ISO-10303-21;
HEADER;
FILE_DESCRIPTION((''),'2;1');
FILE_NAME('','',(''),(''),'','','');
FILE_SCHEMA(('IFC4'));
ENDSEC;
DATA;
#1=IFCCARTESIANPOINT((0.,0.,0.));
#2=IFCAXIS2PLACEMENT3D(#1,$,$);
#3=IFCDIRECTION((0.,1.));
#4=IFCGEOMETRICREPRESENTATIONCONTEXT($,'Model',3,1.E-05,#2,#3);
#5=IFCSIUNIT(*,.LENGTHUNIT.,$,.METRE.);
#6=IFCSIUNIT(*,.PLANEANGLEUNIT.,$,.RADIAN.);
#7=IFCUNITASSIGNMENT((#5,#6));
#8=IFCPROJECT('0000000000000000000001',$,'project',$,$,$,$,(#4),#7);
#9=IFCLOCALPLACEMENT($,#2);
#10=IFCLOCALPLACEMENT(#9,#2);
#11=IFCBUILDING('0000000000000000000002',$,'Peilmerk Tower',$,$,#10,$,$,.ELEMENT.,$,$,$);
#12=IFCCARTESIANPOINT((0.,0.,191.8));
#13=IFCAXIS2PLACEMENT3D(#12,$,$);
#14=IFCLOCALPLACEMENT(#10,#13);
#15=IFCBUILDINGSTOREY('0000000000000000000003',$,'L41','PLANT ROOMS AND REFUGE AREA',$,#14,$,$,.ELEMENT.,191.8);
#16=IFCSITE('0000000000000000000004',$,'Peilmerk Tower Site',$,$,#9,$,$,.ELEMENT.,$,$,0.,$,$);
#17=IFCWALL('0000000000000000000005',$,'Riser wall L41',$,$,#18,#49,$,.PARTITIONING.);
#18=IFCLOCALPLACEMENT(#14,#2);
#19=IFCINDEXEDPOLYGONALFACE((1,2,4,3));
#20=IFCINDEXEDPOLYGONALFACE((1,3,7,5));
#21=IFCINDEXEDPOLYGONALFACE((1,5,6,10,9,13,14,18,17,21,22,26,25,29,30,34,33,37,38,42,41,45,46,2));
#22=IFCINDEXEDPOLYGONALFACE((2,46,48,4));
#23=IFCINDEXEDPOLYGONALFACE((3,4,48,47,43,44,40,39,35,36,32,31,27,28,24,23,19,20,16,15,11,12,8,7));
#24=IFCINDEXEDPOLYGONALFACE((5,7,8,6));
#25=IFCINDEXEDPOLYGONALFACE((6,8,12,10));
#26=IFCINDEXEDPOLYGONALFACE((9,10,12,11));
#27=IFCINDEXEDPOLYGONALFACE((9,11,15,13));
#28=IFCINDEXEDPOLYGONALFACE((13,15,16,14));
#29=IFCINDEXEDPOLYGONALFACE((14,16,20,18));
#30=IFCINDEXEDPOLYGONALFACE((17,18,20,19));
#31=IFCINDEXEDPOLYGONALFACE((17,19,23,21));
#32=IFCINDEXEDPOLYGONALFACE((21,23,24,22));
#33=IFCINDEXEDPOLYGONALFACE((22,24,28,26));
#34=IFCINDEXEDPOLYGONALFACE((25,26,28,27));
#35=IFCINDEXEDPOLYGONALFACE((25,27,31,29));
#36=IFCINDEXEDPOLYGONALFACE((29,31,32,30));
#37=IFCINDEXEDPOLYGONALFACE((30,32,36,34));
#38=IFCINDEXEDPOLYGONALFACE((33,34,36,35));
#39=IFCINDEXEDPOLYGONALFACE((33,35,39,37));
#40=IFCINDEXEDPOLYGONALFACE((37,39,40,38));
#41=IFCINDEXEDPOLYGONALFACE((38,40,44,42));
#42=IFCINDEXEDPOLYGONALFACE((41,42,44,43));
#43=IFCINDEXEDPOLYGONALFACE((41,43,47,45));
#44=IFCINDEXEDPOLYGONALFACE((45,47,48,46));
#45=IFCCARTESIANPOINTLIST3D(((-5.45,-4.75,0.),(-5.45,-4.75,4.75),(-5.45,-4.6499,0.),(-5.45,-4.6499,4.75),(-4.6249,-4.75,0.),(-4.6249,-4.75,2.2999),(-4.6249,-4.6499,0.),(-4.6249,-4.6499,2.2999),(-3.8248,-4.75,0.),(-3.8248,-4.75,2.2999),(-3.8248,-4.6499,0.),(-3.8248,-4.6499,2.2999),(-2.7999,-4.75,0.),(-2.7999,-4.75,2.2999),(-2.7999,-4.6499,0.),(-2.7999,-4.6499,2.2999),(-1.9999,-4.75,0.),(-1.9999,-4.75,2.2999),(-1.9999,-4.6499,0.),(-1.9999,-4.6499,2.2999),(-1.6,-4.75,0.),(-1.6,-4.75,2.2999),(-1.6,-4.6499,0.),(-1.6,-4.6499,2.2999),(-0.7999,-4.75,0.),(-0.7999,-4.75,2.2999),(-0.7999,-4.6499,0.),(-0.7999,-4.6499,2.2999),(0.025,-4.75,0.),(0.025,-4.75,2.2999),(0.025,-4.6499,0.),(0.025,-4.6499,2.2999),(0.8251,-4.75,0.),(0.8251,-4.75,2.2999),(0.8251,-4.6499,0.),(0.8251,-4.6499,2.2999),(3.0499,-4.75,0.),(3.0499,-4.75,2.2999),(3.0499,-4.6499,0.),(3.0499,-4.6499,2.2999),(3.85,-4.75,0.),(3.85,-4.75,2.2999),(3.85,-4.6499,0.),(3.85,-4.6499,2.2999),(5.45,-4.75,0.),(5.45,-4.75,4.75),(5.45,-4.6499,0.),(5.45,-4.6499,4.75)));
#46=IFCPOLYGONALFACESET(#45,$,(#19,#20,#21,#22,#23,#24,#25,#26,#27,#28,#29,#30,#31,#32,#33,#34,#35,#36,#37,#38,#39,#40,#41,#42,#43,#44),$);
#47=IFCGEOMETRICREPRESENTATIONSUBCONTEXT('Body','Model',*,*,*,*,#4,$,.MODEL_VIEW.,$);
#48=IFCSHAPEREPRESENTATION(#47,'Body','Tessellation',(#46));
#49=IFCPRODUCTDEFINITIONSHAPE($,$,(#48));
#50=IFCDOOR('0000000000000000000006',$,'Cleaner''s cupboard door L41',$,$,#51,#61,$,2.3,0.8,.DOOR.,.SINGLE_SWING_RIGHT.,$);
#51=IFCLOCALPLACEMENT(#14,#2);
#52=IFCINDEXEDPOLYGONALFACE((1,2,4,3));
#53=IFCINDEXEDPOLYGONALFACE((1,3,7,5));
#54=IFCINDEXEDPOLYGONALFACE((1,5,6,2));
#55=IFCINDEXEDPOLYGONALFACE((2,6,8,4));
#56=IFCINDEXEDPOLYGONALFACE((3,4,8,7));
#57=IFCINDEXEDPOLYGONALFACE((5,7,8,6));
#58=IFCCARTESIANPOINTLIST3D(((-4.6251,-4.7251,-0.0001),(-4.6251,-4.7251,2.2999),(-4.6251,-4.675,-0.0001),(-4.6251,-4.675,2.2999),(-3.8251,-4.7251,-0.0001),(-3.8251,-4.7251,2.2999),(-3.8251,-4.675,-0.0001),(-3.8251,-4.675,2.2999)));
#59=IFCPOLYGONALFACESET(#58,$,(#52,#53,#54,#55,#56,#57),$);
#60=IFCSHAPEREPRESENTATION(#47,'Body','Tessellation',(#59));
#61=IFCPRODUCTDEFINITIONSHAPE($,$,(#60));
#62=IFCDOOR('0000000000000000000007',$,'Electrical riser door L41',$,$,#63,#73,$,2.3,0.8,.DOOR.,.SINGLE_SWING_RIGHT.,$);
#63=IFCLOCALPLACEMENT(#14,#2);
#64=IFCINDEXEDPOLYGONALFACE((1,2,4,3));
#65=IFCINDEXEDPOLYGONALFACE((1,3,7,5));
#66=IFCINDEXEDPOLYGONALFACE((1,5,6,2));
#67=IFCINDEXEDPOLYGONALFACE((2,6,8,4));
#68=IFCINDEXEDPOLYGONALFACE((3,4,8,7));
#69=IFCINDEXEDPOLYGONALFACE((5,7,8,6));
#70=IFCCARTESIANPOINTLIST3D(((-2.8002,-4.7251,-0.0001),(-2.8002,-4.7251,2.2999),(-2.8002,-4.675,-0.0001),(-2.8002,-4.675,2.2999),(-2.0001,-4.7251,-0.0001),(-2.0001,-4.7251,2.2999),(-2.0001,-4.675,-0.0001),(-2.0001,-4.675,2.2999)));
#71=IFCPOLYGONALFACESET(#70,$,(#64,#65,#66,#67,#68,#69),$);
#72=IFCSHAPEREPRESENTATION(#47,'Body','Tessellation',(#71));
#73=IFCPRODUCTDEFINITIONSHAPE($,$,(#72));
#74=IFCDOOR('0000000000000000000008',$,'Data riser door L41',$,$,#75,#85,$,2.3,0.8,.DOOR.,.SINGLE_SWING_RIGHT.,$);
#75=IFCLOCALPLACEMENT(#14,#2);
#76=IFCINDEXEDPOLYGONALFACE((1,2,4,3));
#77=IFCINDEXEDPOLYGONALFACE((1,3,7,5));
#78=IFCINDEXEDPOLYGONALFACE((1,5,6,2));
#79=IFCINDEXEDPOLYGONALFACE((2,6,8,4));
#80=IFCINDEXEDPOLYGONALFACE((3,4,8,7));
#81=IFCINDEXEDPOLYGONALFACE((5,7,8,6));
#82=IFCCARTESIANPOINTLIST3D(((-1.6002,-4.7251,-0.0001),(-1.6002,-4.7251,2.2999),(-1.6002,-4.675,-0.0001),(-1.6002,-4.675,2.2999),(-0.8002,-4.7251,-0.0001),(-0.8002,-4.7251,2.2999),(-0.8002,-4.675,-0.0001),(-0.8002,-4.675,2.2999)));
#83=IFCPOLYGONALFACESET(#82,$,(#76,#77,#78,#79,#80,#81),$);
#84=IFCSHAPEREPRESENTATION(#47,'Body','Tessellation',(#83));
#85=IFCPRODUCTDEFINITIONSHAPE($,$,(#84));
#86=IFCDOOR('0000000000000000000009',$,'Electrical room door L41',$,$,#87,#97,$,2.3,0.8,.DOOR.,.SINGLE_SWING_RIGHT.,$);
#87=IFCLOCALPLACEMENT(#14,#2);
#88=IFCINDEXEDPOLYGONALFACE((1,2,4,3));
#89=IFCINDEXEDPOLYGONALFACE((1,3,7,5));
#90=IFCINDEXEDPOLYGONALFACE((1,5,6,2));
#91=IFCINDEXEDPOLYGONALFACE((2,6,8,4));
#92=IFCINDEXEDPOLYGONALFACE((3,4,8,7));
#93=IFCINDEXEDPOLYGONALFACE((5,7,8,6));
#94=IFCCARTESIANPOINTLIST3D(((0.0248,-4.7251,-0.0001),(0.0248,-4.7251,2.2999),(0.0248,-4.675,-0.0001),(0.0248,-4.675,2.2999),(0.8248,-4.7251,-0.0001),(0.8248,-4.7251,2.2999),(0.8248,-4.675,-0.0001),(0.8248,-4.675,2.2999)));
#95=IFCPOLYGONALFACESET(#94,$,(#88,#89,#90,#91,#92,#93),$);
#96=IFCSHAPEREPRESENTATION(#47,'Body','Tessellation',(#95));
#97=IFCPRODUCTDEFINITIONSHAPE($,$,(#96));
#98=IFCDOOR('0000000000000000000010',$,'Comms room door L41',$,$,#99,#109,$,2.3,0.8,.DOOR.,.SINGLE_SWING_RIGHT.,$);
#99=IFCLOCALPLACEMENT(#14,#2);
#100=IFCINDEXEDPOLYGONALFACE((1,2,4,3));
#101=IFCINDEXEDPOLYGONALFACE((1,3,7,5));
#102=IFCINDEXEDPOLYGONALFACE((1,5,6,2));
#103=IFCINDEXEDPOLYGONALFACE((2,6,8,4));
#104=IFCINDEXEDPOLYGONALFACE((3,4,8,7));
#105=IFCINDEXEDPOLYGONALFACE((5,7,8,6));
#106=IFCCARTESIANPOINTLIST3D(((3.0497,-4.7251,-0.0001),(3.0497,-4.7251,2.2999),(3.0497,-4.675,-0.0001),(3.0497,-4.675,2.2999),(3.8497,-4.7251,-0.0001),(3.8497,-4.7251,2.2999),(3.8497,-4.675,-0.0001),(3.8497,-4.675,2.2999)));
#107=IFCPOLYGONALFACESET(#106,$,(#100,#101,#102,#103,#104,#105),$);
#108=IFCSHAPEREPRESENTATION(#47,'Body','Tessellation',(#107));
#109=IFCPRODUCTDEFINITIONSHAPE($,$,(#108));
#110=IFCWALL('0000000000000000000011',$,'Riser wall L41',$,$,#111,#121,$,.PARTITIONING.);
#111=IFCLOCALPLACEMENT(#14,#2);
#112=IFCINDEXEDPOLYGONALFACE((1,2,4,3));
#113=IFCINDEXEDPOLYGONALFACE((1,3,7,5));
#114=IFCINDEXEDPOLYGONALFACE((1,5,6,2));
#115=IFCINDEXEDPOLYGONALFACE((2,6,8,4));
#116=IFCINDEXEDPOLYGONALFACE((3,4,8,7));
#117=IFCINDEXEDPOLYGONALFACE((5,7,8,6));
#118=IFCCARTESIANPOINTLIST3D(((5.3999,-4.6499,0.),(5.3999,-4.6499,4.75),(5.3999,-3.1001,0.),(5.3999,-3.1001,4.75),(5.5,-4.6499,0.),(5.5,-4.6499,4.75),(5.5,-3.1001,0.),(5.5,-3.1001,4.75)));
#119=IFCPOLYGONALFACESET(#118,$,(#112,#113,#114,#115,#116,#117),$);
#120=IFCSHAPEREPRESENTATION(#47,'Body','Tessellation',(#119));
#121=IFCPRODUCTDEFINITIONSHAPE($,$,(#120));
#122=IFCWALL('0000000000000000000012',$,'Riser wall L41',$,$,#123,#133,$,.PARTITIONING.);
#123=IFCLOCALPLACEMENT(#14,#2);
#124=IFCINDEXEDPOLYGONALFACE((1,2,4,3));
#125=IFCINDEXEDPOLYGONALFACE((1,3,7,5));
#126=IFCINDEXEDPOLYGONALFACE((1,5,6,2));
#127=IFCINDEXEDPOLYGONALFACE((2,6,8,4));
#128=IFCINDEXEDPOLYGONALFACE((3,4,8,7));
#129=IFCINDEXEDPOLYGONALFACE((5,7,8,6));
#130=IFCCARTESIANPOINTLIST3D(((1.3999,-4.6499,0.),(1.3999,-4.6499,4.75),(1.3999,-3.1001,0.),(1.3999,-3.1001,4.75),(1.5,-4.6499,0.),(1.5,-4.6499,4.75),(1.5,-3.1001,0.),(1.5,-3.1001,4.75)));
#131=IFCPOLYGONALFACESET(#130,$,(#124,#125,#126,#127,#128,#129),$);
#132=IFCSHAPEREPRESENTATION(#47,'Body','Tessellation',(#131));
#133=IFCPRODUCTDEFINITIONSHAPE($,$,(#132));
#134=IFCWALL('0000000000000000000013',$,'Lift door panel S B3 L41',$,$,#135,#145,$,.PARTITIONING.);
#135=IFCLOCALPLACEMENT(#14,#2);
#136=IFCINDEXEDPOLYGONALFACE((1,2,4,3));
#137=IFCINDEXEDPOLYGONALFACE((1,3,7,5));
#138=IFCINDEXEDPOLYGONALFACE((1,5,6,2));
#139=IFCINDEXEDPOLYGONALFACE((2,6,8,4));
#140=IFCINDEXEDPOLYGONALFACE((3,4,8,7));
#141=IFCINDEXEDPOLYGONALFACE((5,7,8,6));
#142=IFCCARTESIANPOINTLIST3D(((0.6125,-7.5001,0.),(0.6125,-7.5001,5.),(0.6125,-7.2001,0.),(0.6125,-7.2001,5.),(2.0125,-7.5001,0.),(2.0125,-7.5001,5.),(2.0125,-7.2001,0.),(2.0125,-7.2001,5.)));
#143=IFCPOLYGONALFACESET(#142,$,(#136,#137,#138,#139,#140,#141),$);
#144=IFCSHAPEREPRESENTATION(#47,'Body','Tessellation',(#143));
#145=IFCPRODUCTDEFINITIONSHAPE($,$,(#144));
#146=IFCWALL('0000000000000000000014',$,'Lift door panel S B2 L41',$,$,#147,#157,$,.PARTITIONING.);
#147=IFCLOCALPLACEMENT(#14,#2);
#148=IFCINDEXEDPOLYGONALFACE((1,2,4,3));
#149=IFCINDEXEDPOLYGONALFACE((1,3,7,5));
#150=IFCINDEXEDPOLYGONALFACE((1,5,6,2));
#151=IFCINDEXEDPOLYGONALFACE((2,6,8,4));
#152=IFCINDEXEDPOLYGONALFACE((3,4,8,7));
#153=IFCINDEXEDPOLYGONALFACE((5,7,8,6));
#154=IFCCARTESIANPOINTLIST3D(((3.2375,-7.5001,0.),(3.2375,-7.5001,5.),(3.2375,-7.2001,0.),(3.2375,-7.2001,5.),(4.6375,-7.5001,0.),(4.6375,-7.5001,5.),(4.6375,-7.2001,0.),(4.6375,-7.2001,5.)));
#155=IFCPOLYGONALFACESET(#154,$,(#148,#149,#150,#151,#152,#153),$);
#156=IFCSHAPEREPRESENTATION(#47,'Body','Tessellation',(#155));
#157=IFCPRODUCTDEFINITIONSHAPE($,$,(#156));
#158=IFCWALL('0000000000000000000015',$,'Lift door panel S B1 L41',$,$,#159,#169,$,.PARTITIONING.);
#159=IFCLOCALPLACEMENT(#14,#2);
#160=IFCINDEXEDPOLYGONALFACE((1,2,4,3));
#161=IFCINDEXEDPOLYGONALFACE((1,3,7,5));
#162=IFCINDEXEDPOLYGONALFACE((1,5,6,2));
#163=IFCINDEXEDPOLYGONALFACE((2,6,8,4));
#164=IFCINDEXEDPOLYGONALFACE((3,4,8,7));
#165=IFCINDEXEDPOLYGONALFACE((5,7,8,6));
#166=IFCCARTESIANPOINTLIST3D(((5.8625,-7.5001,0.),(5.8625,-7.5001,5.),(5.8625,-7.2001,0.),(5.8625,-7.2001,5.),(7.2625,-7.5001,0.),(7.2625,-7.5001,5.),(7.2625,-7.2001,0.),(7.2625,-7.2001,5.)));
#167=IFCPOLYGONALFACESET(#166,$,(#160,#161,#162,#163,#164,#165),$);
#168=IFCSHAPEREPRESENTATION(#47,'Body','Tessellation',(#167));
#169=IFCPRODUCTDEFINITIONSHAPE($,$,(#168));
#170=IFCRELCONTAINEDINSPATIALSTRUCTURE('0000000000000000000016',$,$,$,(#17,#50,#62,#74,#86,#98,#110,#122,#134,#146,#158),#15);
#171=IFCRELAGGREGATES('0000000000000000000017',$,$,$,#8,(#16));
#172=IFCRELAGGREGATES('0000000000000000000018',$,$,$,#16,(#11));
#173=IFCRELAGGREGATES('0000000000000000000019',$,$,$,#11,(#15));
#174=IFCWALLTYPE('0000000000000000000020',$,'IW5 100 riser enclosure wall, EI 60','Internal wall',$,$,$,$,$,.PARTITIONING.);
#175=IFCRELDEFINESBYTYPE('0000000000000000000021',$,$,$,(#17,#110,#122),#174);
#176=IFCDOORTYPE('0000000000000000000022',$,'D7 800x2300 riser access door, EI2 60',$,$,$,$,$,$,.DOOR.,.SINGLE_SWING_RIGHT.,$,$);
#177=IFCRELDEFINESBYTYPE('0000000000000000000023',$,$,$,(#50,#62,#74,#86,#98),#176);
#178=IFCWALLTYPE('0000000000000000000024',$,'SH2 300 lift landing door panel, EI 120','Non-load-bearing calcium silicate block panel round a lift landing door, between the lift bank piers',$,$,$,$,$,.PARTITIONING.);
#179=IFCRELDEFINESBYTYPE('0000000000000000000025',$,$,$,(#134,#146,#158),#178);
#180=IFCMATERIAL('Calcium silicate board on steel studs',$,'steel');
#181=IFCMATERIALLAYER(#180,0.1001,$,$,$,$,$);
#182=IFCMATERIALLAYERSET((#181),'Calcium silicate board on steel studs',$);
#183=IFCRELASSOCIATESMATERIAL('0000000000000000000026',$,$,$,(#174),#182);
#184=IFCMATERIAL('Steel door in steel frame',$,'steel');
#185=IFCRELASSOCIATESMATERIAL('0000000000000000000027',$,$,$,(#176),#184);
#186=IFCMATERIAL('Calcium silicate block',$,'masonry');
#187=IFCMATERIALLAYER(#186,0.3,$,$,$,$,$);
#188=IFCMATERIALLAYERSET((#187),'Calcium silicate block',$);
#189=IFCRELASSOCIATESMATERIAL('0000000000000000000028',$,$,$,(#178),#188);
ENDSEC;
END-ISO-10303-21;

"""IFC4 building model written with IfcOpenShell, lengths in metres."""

from ifc_helpers import new_model, si_unit, direction, frame, frame_2d, origin, place, context, subcontext, project, spatial, rectangle, extrude, material, layer, layer_set, type_object, element, fill, save


model = new_model("IFC4")

# Units and contexts
model_context = context("Model", 3, precision=1e-05, world=origin(), true_north=direction((0.0, 1.0)))
body_context = subcontext(model_context, "Body", "Model", "MODEL_VIEW")
ifc_project = project(units=[si_unit("LENGTHUNIT", "METRE"), si_unit("PLANEANGLEUNIT", "RADIAN")], contexts=[model_context])

# Site, building, storey
site_placement = place(None, origin())
site = spatial("IfcSite", under=ifc_project, at=site_placement, Name="Peilmerk Tower Site", CompositionType="ELEMENT", RefElevation=0.0)
building_placement = place(site_placement, origin())
building = spatial("IfcBuilding", under=site, at=building_placement, Name="Peilmerk Tower", CompositionType="ELEMENT")
storey_placement = place(building_placement, frame((0.0, 0.0, 191.8)))
storey = spatial("IfcBuildingStorey", under=building, at=storey_placement, Name="L41", Description="PLANT ROOMS AND REFUGE AREA", CompositionType="ELEMENT", Elevation=191.8)

# Shared definitions
ifc_material_1 = material(Name="Steel door in steel frame", Category="steel")

# Shared definitions
ifc_material_2 = material(Name="Calcium silicate board on steel studs", Category="steel")
ifc_layer_1 = layer(ifc_material_2, 0.1001)
ifc_layer_set_1 = layer_set([ifc_layer_1], Name="Calcium silicate board on steel studs")
wall_type_1 = type_object("IfcWallType", Name="IW5 100 riser enclosure wall, EI 60", Description="Internal wall", PredefinedType="PARTITIONING", material=ifc_layer_set_1)

# Wall, openings, doors
wall_1_placement = place(storey_placement, frame((5.45, -4.7, 0.0), z_axis=(0.0, 0.0, 1.0), x_axis=(-1.0, 0.0, 0.0)))
wall_1 = element("IfcWall", 1, at=wall_1_placement, inside=storey, type_object=wall_type_1, Name="Riser wall L41", PredefinedType="PARTITIONING", context=body_context, shape_type="SweptSolid", body=[
    extrude(rectangle(XDim=10.8999, YDim=0.1001, at=frame_2d((5.45, 0.0))), origin(), (0.0, 0.0, 1.0), 4.75),
])
opening_1_placement = place(wall_1_placement, frame((9.2749, 0.0, 0.0)))
opening_1 = element("IfcOpeningElement", 2, at=opening_1_placement, cuts=wall_1, PredefinedType="OPENING", context=body_context, shape_type="SweptSolid", body=[
    extrude(rectangle(XDim=0.8, YDim=2.3, at=frame_2d((0.3999, 1.1499))), frame((0.0, 0.0601, 0.0), z_axis=(0.0, -1.0, 0.0), x_axis=(1.0, 0.0, 0.0)), (0.0, 0.0, 1.0), 0.1201),
])
opening_2_placement = place(wall_1_placement, frame((7.45, 0.0, 0.0)))
opening_2 = element("IfcOpeningElement", 3, at=opening_2_placement, cuts=wall_1, PredefinedType="OPENING", context=body_context, shape_type="SweptSolid", body=[
    extrude(rectangle(XDim=0.8, YDim=2.3, at=frame_2d((0.3999, 1.1499))), frame((0.0, 0.0601, 0.0), z_axis=(0.0, -1.0, 0.0), x_axis=(1.0, 0.0, 0.0)), (0.0, 0.0, 1.0), 0.1201),
])
opening_3_placement = place(wall_1_placement, frame((6.25, 0.0, 0.0)))
opening_3 = element("IfcOpeningElement", 4, at=opening_3_placement, cuts=wall_1, PredefinedType="OPENING", context=body_context, shape_type="SweptSolid", body=[
    extrude(rectangle(XDim=0.8, YDim=2.3, at=frame_2d((0.3999, 1.1499))), frame((0.0, 0.0601, 0.0), z_axis=(0.0, -1.0, 0.0), x_axis=(1.0, 0.0, 0.0)), (0.0, 0.0, 1.0), 0.1201),
])
opening_4_placement = place(wall_1_placement, frame((4.625, 0.0, 0.0)))
opening_4 = element("IfcOpeningElement", 5, at=opening_4_placement, cuts=wall_1, PredefinedType="OPENING", context=body_context, shape_type="SweptSolid", body=[
    extrude(rectangle(XDim=0.8, YDim=2.3, at=frame_2d((0.3999, 1.1499))), frame((0.0, 0.0601, 0.0), z_axis=(0.0, -1.0, 0.0), x_axis=(1.0, 0.0, 0.0)), (0.0, 0.0, 1.0), 0.1201),
])
opening_5_placement = place(wall_1_placement, frame((1.6001, 0.0, 0.0)))
opening_5 = element("IfcOpeningElement", 6, at=opening_5_placement, cuts=wall_1, PredefinedType="OPENING", context=body_context, shape_type="SweptSolid", body=[
    extrude(rectangle(XDim=0.8, YDim=2.3, at=frame_2d((0.3999, 1.1499))), frame((0.0, 0.0601, 0.0), z_axis=(0.0, -1.0, 0.0), x_axis=(1.0, 0.0, 0.0)), (0.0, 0.0, 1.0), 0.1201),
])
door_type_1 = type_object("IfcDoorType", Name="D7 800x2300 riser access door, EI2 60", OperationType="SINGLE_SWING_RIGHT", PredefinedType="DOOR", material=ifc_material_1)
door_1_placement = place(opening_1_placement, frame((0.8, 0.0, 0.0), z_axis=(0.0, 0.0, 1.0), x_axis=(-1.0, 0.0, 0.0)))
door_1 = element("IfcDoor", 7, at=door_1_placement, inside=storey, type_object=door_type_1, Name="Cleaner's cupboard door L41", OperationType="SINGLE_SWING_RIGHT", OverallHeight=2.3, OverallWidth=0.8, PredefinedType="DOOR", context=body_context, shape_type="SweptSolid", body=[
    extrude(rectangle(XDim=0.8, YDim=2.3, at=frame_2d((0.3999, 1.1499))), frame((0.0, 0.0249, 0.0), z_axis=(0.0, -1.0, 0.0), x_axis=(1.0, 0.0, 0.0)), (0.0, 0.0, 1.0), 0.05),
])
fill(opening_1, door_1)
door_2_placement = place(opening_2_placement, frame((0.8, 0.0, 0.0), z_axis=(0.0, 0.0, 1.0), x_axis=(-1.0, 0.0, 0.0)))
door_2 = element("IfcDoor", 8, at=door_2_placement, inside=storey, type_object=door_type_1, Name="Electrical riser door L41", OperationType="SINGLE_SWING_RIGHT", OverallHeight=2.3, OverallWidth=0.8, PredefinedType="DOOR", context=body_context, shape_type="SweptSolid", body=[
    extrude(rectangle(XDim=0.8, YDim=2.3, at=frame_2d((0.3999, 1.1499))), frame((0.0, 0.0249, 0.0), z_axis=(0.0, -1.0, 0.0), x_axis=(1.0, 0.0, 0.0)), (0.0, 0.0, 1.0), 0.05),
])
fill(opening_2, door_2)
door_3_placement = place(opening_3_placement, frame((0.8, 0.0, 0.0), z_axis=(0.0, 0.0, 1.0), x_axis=(-1.0, 0.0, 0.0)))
door_3 = element("IfcDoor", 9, at=door_3_placement, inside=storey, type_object=door_type_1, Name="Data riser door L41", OperationType="SINGLE_SWING_RIGHT", OverallHeight=2.3, OverallWidth=0.8, PredefinedType="DOOR", context=body_context, shape_type="SweptSolid", body=[
    extrude(rectangle(XDim=0.8, YDim=2.3, at=frame_2d((0.3999, 1.1499))), frame((0.0, 0.0249, 0.0), z_axis=(0.0, -1.0, 0.0), x_axis=(1.0, 0.0, 0.0)), (0.0, 0.0, 1.0), 0.05),
])
fill(opening_3, door_3)
door_4_placement = place(opening_4_placement, frame((0.8, 0.0, 0.0), z_axis=(0.0, 0.0, 1.0), x_axis=(-1.0, 0.0, 0.0)))
door_4 = element("IfcDoor", 10, at=door_4_placement, inside=storey, type_object=door_type_1, Name="Electrical room door L41", OperationType="SINGLE_SWING_RIGHT", OverallHeight=2.3, OverallWidth=0.8, PredefinedType="DOOR", context=body_context, shape_type="SweptSolid", body=[
    extrude(rectangle(XDim=0.8, YDim=2.3, at=frame_2d((0.3999, 1.1499))), frame((0.0, 0.0249, 0.0), z_axis=(0.0, -1.0, 0.0), x_axis=(1.0, 0.0, 0.0)), (0.0, 0.0, 1.0), 0.05),
])
fill(opening_4, door_4)
door_5_placement = place(opening_5_placement, frame((0.8, 0.0, 0.0), z_axis=(0.0, 0.0, 1.0), x_axis=(-1.0, 0.0, 0.0)))
door_5 = element("IfcDoor", 11, at=door_5_placement, inside=storey, type_object=door_type_1, Name="Comms room door L41", OperationType="SINGLE_SWING_RIGHT", OverallHeight=2.3, OverallWidth=0.8, PredefinedType="DOOR", context=body_context, shape_type="SweptSolid", body=[
    extrude(rectangle(XDim=0.8, YDim=2.3, at=frame_2d((0.3999, 1.1499))), frame((0.0, 0.0249, 0.0), z_axis=(0.0, -1.0, 0.0), x_axis=(1.0, 0.0, 0.0)), (0.0, 0.0, 1.0), 0.05),
])
fill(opening_5, door_5)

# Walls
for number, where, z_axis, x_axis, name in (
    (12, (5.45, -3.1001, 0.0), (0.0, 0.0, 1.0), (0.0, -1.0, 0.0), "Riser wall L41"),
    (13, (1.45, -3.1001, 0.0), (0.0, 0.0, 1.0), (0.0, -1.0, 0.0), "Riser wall L41"),
):
    element("IfcWall", number, at=place(storey_placement, frame(where, z_axis=z_axis, x_axis=x_axis)), inside=storey, type_object=wall_type_1, Name=name, PredefinedType="PARTITIONING", context=body_context, shape_type="SweptSolid", body=[
        extrude(rectangle(XDim=1.5498, YDim=0.1001, at=frame_2d((0.7749, 0.0))), origin(), (0.0, 0.0, 1.0), 4.75),
    ])
ifc_material_3 = material(Name="Calcium silicate block", Category="masonry")
ifc_layer_2 = layer(ifc_material_3, 0.3)
ifc_layer_set_2 = layer_set([ifc_layer_2], Name="Calcium silicate block")
wall_type_2 = type_object("IfcWallType", Name="SH2 300 lift landing door panel, EI 120", Description="Non-load-bearing calcium silicate block panel round a lift landing door, between the lift bank piers", PredefinedType="PARTITIONING", material=ifc_layer_set_2)
for number, where, z_axis, x_axis, name in (
    (14, (0.6125, -7.3501, 0.0), (0.0, 0.0, 1.0), (1.0, 0.0, 0.0), "Lift door panel S B3 L41"),
    (15, (3.2375, -7.3501, 0.0), (0.0, 0.0, 1.0), (1.0, 0.0, 0.0), "Lift door panel S B2 L41"),
    (16, (5.8625, -7.3501, 0.0), (0.0, 0.0, 1.0), (1.0, 0.0, 0.0), "Lift door panel S B1 L41"),
):
    element("IfcWall", number, at=place(storey_placement, frame(where, z_axis=z_axis, x_axis=x_axis)), inside=storey, type_object=wall_type_2, Name=name, PredefinedType="PARTITIONING", context=body_context, shape_type="SweptSolid", body=[
        extrude(rectangle(XDim=1.3999, YDim=0.3, at=frame_2d((0.7, 0.0))), origin(), (0.0, 0.0, 1.0), 5.0),
    ])

save(model, "model.ifc")
